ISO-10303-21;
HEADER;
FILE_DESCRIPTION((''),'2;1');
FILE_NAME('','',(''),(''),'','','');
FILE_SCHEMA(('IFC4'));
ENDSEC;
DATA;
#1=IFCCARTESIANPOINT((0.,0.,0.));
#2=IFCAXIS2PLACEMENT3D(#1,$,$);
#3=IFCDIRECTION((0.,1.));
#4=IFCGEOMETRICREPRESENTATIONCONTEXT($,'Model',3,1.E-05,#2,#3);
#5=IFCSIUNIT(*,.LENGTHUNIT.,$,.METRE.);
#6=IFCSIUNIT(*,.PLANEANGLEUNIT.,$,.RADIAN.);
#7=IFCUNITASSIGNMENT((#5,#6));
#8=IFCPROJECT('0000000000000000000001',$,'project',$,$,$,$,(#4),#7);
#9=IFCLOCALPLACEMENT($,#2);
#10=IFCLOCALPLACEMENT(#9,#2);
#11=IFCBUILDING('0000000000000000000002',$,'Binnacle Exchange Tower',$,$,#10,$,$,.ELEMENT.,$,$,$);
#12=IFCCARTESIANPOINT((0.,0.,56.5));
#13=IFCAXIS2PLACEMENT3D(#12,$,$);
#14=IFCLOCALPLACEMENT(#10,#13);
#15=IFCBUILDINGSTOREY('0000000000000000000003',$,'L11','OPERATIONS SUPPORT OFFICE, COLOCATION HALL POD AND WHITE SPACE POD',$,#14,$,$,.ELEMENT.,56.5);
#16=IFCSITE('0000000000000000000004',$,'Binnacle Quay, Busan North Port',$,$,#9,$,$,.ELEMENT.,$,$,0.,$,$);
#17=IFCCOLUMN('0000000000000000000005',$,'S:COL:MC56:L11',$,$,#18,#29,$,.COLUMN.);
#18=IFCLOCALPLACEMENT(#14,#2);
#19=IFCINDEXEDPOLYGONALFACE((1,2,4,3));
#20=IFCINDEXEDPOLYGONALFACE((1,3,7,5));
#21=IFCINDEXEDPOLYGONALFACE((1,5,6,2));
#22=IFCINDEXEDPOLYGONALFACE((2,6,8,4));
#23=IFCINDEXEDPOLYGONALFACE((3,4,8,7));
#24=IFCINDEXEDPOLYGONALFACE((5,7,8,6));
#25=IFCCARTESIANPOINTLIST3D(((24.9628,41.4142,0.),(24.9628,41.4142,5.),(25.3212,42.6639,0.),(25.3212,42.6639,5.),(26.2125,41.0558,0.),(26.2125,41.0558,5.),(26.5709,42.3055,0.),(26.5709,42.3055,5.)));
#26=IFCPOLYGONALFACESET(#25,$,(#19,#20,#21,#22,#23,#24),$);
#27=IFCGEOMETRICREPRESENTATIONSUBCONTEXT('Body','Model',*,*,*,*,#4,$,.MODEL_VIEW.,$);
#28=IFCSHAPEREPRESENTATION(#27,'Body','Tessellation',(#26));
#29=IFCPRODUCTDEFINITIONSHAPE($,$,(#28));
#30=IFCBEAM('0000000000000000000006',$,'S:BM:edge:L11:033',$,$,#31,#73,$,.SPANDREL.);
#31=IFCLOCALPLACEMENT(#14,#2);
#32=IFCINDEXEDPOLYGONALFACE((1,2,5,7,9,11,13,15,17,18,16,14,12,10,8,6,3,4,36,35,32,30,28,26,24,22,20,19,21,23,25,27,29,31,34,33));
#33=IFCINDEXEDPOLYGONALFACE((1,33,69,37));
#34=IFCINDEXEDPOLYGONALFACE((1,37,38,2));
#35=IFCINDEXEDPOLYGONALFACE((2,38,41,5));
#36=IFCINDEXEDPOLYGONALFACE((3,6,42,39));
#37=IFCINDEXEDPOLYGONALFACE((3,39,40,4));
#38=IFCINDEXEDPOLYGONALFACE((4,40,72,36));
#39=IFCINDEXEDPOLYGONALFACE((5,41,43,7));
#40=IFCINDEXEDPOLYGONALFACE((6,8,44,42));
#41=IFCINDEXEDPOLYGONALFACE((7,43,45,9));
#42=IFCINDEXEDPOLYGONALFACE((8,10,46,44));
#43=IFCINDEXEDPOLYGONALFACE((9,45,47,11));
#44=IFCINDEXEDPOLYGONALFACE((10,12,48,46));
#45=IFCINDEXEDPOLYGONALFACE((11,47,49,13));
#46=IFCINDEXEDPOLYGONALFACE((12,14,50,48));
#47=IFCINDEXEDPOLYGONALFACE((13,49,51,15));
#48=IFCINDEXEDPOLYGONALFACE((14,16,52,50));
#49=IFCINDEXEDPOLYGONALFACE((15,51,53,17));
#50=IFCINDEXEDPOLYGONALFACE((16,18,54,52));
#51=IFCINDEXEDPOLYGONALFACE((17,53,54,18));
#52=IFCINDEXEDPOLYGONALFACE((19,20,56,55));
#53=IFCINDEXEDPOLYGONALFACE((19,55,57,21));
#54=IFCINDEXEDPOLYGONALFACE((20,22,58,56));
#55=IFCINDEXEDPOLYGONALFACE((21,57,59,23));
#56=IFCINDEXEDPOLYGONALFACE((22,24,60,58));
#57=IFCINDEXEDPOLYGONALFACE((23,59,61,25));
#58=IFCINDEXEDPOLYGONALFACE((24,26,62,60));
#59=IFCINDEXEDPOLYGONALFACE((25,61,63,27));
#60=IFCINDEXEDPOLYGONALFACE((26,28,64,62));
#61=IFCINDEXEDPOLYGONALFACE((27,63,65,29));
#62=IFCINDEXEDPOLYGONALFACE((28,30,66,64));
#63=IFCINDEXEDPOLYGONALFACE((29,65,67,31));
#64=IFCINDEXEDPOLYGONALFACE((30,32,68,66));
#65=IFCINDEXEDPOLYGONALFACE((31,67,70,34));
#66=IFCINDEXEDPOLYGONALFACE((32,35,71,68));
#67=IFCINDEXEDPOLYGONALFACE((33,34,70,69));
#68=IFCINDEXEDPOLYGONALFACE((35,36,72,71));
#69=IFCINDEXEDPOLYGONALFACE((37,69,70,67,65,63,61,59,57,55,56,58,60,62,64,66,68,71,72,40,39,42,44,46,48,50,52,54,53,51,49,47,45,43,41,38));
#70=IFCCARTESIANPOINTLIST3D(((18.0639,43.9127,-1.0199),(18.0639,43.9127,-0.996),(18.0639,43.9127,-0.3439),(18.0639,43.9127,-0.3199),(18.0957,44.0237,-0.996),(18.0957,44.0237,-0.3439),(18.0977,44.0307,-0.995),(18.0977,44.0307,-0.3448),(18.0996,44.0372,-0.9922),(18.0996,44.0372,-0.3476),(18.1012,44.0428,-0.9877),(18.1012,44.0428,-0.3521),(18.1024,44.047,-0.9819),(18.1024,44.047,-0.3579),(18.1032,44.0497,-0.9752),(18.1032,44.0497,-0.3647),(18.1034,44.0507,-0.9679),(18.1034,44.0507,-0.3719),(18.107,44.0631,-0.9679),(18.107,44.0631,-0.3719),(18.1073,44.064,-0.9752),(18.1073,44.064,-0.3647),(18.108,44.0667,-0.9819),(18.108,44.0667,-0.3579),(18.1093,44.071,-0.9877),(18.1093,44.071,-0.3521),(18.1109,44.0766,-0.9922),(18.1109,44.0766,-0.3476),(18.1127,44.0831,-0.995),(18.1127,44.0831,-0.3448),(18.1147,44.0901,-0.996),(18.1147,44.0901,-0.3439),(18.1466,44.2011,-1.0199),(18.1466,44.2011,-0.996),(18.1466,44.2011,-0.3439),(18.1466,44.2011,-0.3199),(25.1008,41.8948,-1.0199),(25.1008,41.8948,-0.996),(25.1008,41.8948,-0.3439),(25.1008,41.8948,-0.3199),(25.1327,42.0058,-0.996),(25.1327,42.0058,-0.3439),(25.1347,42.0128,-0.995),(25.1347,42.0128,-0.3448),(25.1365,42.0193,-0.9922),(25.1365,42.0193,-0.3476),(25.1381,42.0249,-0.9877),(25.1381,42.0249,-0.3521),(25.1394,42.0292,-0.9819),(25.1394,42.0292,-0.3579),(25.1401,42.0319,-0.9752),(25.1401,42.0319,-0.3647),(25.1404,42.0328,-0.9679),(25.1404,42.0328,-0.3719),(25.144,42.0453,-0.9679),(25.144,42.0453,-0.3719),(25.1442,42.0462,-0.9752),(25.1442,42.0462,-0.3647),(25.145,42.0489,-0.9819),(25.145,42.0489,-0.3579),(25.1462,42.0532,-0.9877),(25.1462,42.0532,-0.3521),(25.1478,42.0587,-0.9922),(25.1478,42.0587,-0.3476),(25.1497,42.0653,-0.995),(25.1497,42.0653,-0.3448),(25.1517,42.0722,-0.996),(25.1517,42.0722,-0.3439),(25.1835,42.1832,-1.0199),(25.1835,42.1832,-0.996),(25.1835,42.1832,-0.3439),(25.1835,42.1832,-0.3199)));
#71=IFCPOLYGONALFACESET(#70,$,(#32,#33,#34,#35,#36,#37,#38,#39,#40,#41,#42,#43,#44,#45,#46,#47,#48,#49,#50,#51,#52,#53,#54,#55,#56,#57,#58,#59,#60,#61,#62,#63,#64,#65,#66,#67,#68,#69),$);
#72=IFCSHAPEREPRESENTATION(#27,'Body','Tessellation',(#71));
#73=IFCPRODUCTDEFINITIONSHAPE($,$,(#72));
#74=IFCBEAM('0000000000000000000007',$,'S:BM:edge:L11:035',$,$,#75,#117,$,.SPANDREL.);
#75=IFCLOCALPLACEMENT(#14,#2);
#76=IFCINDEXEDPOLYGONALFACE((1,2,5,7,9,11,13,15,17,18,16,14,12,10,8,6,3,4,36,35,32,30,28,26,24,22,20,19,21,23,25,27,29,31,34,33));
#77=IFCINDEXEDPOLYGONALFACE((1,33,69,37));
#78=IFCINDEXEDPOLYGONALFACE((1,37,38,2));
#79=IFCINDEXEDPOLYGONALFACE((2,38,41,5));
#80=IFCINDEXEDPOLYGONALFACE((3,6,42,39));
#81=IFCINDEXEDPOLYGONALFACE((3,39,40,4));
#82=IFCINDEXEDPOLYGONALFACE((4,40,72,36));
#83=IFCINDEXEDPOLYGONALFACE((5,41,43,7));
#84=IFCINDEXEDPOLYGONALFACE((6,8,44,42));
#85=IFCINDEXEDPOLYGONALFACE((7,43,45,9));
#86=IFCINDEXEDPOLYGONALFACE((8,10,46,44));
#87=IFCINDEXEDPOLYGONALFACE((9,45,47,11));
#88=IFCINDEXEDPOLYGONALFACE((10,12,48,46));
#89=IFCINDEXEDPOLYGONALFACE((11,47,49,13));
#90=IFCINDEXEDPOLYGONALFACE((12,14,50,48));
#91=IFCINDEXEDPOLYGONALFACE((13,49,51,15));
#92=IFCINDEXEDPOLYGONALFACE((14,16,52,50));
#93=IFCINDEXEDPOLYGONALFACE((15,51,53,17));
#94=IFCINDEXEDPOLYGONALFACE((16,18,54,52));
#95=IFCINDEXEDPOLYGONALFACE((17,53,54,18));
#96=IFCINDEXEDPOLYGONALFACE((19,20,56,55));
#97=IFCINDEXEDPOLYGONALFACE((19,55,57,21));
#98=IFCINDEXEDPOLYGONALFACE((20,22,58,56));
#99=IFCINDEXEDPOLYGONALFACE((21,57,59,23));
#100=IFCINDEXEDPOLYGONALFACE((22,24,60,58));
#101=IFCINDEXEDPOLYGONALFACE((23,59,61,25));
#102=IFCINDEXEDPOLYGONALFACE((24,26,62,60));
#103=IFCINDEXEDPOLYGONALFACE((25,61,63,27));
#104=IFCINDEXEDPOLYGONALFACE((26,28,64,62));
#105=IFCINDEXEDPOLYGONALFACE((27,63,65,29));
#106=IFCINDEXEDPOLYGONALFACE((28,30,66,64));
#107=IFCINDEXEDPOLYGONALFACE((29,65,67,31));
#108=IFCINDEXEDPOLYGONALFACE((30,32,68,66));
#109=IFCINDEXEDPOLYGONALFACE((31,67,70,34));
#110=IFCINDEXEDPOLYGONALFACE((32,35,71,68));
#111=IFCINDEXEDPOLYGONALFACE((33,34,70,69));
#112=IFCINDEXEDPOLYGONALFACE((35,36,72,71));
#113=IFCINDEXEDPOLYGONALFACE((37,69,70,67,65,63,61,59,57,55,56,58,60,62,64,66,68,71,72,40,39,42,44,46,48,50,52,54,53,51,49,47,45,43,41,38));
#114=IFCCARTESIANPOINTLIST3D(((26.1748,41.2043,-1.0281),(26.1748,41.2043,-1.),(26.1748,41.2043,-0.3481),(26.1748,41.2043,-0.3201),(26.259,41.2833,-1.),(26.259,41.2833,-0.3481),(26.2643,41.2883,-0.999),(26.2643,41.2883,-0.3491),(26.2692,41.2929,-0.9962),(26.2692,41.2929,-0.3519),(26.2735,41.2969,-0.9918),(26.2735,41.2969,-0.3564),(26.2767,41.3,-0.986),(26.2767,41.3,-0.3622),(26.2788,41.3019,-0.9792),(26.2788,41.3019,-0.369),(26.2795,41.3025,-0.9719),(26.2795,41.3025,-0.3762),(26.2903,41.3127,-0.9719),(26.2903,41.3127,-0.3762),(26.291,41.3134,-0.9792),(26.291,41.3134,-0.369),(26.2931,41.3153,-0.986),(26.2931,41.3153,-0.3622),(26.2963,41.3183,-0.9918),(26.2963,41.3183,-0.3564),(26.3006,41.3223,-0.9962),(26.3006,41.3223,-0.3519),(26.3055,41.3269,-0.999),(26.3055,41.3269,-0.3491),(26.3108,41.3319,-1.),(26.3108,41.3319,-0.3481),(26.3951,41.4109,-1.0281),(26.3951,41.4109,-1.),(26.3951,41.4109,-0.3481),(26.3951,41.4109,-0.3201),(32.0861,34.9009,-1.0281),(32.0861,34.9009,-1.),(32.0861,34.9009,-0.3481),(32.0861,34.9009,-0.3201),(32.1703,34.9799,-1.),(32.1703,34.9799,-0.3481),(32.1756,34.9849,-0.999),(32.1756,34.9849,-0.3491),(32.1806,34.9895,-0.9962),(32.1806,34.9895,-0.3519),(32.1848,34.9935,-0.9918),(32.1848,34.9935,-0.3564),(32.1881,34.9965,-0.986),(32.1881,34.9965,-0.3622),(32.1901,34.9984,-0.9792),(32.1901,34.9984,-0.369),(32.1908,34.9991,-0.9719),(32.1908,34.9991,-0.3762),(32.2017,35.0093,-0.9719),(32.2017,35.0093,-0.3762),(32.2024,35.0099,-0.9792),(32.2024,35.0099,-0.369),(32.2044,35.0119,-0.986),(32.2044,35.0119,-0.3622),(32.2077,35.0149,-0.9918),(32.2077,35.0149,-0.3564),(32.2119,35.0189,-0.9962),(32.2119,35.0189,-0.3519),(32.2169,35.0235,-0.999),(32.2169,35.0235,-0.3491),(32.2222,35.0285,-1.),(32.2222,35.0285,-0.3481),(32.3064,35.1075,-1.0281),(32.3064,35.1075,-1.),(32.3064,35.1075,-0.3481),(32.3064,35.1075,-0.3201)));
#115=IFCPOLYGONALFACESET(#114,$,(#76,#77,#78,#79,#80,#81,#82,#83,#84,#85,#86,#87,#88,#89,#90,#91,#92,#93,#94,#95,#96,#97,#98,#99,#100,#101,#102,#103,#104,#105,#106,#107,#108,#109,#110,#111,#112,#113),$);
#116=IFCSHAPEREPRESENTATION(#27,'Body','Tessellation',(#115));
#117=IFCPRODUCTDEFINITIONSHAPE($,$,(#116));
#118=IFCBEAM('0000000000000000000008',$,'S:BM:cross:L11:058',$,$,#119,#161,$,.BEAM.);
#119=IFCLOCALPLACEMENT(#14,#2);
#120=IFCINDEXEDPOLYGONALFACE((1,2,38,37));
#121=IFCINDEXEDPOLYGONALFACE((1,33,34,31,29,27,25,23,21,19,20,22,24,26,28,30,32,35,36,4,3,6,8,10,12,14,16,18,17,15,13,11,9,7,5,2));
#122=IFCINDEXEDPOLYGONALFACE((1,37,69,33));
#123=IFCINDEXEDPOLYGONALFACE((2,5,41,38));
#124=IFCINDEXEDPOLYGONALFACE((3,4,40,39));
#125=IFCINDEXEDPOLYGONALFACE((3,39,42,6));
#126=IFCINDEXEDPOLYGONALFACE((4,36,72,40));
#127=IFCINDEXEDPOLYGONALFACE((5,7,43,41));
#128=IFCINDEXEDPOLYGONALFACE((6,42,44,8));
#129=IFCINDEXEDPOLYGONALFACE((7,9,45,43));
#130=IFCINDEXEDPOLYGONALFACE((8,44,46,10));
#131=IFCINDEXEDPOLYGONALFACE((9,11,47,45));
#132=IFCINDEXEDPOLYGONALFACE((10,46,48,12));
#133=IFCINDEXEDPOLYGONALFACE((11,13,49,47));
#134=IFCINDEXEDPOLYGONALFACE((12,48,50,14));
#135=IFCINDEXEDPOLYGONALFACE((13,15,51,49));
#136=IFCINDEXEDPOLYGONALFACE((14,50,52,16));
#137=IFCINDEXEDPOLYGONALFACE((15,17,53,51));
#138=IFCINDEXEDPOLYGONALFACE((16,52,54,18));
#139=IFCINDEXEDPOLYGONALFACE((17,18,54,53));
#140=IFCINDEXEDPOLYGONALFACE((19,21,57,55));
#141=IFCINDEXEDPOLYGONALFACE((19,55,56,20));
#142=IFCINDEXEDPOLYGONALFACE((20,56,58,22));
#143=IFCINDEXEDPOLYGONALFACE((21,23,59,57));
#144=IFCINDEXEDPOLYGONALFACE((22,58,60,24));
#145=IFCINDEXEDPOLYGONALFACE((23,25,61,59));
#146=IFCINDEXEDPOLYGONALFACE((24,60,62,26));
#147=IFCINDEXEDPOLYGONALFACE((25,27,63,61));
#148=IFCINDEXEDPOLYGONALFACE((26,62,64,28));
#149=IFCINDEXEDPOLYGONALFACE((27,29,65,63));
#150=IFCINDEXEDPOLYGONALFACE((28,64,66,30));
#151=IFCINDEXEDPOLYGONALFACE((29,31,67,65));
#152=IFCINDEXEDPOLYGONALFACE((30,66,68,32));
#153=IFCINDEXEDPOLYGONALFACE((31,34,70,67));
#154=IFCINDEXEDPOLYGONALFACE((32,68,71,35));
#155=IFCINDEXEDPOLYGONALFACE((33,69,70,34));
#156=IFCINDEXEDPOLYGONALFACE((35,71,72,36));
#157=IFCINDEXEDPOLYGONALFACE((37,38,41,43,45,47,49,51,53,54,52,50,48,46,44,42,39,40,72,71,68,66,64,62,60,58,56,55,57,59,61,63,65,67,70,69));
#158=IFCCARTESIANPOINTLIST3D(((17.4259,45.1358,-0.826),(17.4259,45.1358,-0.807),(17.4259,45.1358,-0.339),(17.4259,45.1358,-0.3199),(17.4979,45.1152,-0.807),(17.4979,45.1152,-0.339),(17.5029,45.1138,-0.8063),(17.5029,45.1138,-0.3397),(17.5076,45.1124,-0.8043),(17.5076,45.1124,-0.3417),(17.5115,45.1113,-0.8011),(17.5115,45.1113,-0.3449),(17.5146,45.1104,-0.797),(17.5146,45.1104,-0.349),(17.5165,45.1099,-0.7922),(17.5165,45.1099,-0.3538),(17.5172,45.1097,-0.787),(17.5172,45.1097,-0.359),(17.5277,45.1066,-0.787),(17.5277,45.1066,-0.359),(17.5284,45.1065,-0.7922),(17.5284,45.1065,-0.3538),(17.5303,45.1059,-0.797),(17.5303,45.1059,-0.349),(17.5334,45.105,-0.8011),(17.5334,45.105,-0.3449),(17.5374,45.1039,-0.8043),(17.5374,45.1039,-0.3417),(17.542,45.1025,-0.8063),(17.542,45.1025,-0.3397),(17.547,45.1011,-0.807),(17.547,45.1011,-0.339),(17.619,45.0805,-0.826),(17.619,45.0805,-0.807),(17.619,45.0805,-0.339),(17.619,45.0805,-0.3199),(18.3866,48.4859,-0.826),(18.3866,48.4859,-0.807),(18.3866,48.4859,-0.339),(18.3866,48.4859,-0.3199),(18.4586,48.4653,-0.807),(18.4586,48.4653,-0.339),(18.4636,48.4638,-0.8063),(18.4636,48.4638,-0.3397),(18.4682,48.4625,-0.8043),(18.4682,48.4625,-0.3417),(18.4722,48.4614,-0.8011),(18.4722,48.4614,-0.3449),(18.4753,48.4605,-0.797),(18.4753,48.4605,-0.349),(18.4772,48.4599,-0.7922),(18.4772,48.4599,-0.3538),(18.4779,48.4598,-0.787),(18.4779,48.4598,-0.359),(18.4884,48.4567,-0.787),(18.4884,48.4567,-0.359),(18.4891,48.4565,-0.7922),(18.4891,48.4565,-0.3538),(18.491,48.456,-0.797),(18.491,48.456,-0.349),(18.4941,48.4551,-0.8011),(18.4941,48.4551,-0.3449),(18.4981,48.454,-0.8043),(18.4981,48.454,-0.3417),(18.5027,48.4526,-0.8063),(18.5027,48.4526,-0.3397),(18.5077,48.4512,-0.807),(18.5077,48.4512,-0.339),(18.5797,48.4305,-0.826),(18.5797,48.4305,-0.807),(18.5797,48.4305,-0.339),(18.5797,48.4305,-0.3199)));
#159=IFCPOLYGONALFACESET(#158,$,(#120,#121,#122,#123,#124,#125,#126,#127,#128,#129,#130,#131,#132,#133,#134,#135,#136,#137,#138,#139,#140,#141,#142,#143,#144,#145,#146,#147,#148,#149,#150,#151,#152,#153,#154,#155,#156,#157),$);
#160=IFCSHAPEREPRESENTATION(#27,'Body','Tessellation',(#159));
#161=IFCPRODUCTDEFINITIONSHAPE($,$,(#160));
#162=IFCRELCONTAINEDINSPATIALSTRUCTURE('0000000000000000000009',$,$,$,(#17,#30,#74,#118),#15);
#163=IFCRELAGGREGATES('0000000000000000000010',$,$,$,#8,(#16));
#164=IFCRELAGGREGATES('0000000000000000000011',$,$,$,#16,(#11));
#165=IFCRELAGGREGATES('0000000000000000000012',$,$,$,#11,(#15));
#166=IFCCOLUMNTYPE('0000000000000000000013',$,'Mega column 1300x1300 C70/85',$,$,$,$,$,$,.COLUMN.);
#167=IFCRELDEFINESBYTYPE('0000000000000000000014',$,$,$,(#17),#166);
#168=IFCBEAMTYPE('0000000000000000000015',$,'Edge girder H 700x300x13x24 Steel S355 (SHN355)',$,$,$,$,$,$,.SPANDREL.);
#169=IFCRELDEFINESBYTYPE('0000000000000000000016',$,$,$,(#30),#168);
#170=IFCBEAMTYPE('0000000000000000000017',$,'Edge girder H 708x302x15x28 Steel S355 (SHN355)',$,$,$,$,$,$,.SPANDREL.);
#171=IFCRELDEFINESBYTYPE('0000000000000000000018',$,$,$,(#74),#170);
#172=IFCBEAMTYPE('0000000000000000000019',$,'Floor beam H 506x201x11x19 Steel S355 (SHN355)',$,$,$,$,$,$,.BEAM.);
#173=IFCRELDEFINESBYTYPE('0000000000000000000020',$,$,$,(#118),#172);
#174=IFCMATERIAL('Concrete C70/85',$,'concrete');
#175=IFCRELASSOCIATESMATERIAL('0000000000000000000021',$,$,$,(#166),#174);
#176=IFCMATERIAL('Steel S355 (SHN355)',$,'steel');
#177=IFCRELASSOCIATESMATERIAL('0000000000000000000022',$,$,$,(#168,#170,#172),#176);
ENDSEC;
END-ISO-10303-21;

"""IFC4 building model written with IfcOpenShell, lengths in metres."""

from ifc_helpers import new_model, si_unit, direction, frame, origin, origin_2d, place, context, subcontext, project, spatial, rectangle, i_section, extrude, material, material_profile, profile_set, type_object, element, save


model = new_model("IFC4")

# Units and contexts
model_context = context("Model", 3, precision=1e-05, world=origin(), true_north=direction((0.0, 1.0)))
body_context = subcontext(model_context, "Body", "Model", "MODEL_VIEW")
ifc_project = project(units=[si_unit("LENGTHUNIT", "METRE"), si_unit("PLANEANGLEUNIT", "RADIAN")], contexts=[model_context])

# Site, building, storey
site_placement = place(None, origin())
site = spatial("IfcSite", under=ifc_project, at=site_placement, Name="Binnacle Quay, Busan North Port", CompositionType="ELEMENT", RefElevation=0.0)
building_placement = place(site_placement, origin())
building = spatial("IfcBuilding", under=site, at=building_placement, Name="Binnacle Exchange Tower", CompositionType="ELEMENT")
storey_placement = place(building_placement, frame((0.0, 0.0, 56.5)))
storey = spatial("IfcBuildingStorey", under=building, at=storey_placement, Name="L11", Description="OPERATIONS SUPPORT OFFICE, COLOCATION HALL POD AND WHITE SPACE POD", CompositionType="ELEMENT", Elevation=56.5)

# Column
ifc_material_1 = material(Name="Concrete C70/85", Category="concrete")
ifc_material_profile_1 = material_profile(ifc_material_1, rectangle(XDim=1.3, YDim=1.3, at=origin_2d()), Name="Mega column 1300x1300 C70/85")
ifc_profile_set_1 = profile_set([ifc_material_profile_1], Name="Concrete C70/85")
column_type = type_object("IfcColumnType", Name="Mega column 1300x1300 C70/85", PredefinedType="COLUMN", material=ifc_profile_set_1)
column_placement = place(storey_placement, frame((25.7668, 41.8599, 0.0), z_axis=(0.0, 0.0, 1.0), x_axis=(0.961262, -0.275637, 0.0)))
element("IfcColumn", 1, at=column_placement, inside=storey, type_object=column_type, Name="S:COL:MC56:L11", PredefinedType="COLUMN", context=body_context, shape_type="SweptSolid", body=[
    extrude(rectangle(XDim=1.3, YDim=1.3, at=origin_2d()), origin(), (0.0, 0.0, 1.0), 5.0),
])

# Beams
ifc_material_2 = material(Name="Steel S355 (SHN355)", Category="steel")
ifc_material_profile_2 = material_profile(ifc_material_2, i_section(OverallWidth=0.3, OverallDepth=0.7, WebThickness=0.0129, FlangeThickness=0.0239, FilletRadius=0.0281, at=origin_2d()), Name="H 700x300x13x24")
ifc_profile_set_2 = profile_set([ifc_material_profile_2], Name="Steel S355 (SHN355)")
beam_type_1 = type_object("IfcBeamType", Name="Edge girder H 700x300x13x24 Steel S355 (SHN355)", PredefinedType="SPANDREL", material=ifc_profile_set_2)
beam_1_placement = place(storey_placement, frame((18.1052, 44.0569, -0.6699), z_axis=(0.96126, -0.275642, 0.0), x_axis=(0.275642, 0.96126, 0.0)))
element("IfcBeam", 2, at=beam_1_placement, inside=storey, type_object=beam_type_1, Name="S:BM:edge:L11:033", PredefinedType="SPANDREL", context=body_context, shape_type="SweptSolid", body=[
    extrude(i_section(OverallWidth=0.3, OverallDepth=0.7, WebThickness=0.0129, FlangeThickness=0.0239, FilletRadius=0.0281, at=origin_2d()), origin(), (0.0, 0.0, 1.0), 7.3206),
])
ifc_material_profile_3 = material_profile(ifc_material_2, i_section(OverallWidth=0.302, OverallDepth=0.708, WebThickness=0.0149, FlangeThickness=0.0281, FilletRadius=0.0281, at=origin_2d()), Name="H 708x302x15x28")
ifc_profile_set_3 = profile_set([ifc_material_profile_3], Name="Steel S355 (SHN355)")
beam_type_2 = type_object("IfcBeamType", Name="Edge girder H 708x302x15x28 Steel S355 (SHN355)", PredefinedType="SPANDREL", material=ifc_profile_set_3)
beam_2_placement = place(storey_placement, frame((26.2849, 41.3076, -0.6741), z_axis=(0.684057, -0.729429, 0.0), x_axis=(0.729429, 0.684057, 0.0)))
element("IfcBeam", 3, at=beam_2_placement, inside=storey, type_object=beam_type_2, Name="S:BM:edge:L11:035", PredefinedType="SPANDREL", context=body_context, shape_type="SweptSolid", body=[
    extrude(i_section(OverallWidth=0.302, OverallDepth=0.708, WebThickness=0.0149, FlangeThickness=0.0281, FilletRadius=0.0281, at=origin_2d()), origin(), (0.0, 0.0, 1.0), 8.6416),
])
ifc_material_profile_4 = material_profile(ifc_material_2, i_section(OverallWidth=0.2009, OverallDepth=0.5061, WebThickness=0.011, FlangeThickness=0.019, FilletRadius=0.02, at=origin_2d()), Name="H 506x201x11x19")
ifc_profile_set_4 = profile_set([ifc_material_profile_4], Name="Steel S355 (SHN355)")
beam_type_3 = type_object("IfcBeamType", Name="Floor beam H 506x201x11x19 Steel S355 (SHN355)", PredefinedType="BEAM", material=ifc_profile_set_4)
beam_3_placement = place(storey_placement, frame((17.5225, 45.1082, -0.573), z_axis=(0.275655, 0.961257, 0.0), x_axis=(-0.961257, 0.275655, 0.0)))
element("IfcBeam", 4, at=beam_3_placement, inside=storey, type_object=beam_type_3, Name="S:BM:cross:L11:058", PredefinedType="BEAM", context=body_context, shape_type="SweptSolid", body=[
    extrude(i_section(OverallWidth=0.2009, OverallDepth=0.5061, WebThickness=0.011, FlangeThickness=0.019, FilletRadius=0.02, at=origin_2d()), origin(), (0.0, 0.0, 1.0), 3.4851),
])

save(model, "model.ifc")
